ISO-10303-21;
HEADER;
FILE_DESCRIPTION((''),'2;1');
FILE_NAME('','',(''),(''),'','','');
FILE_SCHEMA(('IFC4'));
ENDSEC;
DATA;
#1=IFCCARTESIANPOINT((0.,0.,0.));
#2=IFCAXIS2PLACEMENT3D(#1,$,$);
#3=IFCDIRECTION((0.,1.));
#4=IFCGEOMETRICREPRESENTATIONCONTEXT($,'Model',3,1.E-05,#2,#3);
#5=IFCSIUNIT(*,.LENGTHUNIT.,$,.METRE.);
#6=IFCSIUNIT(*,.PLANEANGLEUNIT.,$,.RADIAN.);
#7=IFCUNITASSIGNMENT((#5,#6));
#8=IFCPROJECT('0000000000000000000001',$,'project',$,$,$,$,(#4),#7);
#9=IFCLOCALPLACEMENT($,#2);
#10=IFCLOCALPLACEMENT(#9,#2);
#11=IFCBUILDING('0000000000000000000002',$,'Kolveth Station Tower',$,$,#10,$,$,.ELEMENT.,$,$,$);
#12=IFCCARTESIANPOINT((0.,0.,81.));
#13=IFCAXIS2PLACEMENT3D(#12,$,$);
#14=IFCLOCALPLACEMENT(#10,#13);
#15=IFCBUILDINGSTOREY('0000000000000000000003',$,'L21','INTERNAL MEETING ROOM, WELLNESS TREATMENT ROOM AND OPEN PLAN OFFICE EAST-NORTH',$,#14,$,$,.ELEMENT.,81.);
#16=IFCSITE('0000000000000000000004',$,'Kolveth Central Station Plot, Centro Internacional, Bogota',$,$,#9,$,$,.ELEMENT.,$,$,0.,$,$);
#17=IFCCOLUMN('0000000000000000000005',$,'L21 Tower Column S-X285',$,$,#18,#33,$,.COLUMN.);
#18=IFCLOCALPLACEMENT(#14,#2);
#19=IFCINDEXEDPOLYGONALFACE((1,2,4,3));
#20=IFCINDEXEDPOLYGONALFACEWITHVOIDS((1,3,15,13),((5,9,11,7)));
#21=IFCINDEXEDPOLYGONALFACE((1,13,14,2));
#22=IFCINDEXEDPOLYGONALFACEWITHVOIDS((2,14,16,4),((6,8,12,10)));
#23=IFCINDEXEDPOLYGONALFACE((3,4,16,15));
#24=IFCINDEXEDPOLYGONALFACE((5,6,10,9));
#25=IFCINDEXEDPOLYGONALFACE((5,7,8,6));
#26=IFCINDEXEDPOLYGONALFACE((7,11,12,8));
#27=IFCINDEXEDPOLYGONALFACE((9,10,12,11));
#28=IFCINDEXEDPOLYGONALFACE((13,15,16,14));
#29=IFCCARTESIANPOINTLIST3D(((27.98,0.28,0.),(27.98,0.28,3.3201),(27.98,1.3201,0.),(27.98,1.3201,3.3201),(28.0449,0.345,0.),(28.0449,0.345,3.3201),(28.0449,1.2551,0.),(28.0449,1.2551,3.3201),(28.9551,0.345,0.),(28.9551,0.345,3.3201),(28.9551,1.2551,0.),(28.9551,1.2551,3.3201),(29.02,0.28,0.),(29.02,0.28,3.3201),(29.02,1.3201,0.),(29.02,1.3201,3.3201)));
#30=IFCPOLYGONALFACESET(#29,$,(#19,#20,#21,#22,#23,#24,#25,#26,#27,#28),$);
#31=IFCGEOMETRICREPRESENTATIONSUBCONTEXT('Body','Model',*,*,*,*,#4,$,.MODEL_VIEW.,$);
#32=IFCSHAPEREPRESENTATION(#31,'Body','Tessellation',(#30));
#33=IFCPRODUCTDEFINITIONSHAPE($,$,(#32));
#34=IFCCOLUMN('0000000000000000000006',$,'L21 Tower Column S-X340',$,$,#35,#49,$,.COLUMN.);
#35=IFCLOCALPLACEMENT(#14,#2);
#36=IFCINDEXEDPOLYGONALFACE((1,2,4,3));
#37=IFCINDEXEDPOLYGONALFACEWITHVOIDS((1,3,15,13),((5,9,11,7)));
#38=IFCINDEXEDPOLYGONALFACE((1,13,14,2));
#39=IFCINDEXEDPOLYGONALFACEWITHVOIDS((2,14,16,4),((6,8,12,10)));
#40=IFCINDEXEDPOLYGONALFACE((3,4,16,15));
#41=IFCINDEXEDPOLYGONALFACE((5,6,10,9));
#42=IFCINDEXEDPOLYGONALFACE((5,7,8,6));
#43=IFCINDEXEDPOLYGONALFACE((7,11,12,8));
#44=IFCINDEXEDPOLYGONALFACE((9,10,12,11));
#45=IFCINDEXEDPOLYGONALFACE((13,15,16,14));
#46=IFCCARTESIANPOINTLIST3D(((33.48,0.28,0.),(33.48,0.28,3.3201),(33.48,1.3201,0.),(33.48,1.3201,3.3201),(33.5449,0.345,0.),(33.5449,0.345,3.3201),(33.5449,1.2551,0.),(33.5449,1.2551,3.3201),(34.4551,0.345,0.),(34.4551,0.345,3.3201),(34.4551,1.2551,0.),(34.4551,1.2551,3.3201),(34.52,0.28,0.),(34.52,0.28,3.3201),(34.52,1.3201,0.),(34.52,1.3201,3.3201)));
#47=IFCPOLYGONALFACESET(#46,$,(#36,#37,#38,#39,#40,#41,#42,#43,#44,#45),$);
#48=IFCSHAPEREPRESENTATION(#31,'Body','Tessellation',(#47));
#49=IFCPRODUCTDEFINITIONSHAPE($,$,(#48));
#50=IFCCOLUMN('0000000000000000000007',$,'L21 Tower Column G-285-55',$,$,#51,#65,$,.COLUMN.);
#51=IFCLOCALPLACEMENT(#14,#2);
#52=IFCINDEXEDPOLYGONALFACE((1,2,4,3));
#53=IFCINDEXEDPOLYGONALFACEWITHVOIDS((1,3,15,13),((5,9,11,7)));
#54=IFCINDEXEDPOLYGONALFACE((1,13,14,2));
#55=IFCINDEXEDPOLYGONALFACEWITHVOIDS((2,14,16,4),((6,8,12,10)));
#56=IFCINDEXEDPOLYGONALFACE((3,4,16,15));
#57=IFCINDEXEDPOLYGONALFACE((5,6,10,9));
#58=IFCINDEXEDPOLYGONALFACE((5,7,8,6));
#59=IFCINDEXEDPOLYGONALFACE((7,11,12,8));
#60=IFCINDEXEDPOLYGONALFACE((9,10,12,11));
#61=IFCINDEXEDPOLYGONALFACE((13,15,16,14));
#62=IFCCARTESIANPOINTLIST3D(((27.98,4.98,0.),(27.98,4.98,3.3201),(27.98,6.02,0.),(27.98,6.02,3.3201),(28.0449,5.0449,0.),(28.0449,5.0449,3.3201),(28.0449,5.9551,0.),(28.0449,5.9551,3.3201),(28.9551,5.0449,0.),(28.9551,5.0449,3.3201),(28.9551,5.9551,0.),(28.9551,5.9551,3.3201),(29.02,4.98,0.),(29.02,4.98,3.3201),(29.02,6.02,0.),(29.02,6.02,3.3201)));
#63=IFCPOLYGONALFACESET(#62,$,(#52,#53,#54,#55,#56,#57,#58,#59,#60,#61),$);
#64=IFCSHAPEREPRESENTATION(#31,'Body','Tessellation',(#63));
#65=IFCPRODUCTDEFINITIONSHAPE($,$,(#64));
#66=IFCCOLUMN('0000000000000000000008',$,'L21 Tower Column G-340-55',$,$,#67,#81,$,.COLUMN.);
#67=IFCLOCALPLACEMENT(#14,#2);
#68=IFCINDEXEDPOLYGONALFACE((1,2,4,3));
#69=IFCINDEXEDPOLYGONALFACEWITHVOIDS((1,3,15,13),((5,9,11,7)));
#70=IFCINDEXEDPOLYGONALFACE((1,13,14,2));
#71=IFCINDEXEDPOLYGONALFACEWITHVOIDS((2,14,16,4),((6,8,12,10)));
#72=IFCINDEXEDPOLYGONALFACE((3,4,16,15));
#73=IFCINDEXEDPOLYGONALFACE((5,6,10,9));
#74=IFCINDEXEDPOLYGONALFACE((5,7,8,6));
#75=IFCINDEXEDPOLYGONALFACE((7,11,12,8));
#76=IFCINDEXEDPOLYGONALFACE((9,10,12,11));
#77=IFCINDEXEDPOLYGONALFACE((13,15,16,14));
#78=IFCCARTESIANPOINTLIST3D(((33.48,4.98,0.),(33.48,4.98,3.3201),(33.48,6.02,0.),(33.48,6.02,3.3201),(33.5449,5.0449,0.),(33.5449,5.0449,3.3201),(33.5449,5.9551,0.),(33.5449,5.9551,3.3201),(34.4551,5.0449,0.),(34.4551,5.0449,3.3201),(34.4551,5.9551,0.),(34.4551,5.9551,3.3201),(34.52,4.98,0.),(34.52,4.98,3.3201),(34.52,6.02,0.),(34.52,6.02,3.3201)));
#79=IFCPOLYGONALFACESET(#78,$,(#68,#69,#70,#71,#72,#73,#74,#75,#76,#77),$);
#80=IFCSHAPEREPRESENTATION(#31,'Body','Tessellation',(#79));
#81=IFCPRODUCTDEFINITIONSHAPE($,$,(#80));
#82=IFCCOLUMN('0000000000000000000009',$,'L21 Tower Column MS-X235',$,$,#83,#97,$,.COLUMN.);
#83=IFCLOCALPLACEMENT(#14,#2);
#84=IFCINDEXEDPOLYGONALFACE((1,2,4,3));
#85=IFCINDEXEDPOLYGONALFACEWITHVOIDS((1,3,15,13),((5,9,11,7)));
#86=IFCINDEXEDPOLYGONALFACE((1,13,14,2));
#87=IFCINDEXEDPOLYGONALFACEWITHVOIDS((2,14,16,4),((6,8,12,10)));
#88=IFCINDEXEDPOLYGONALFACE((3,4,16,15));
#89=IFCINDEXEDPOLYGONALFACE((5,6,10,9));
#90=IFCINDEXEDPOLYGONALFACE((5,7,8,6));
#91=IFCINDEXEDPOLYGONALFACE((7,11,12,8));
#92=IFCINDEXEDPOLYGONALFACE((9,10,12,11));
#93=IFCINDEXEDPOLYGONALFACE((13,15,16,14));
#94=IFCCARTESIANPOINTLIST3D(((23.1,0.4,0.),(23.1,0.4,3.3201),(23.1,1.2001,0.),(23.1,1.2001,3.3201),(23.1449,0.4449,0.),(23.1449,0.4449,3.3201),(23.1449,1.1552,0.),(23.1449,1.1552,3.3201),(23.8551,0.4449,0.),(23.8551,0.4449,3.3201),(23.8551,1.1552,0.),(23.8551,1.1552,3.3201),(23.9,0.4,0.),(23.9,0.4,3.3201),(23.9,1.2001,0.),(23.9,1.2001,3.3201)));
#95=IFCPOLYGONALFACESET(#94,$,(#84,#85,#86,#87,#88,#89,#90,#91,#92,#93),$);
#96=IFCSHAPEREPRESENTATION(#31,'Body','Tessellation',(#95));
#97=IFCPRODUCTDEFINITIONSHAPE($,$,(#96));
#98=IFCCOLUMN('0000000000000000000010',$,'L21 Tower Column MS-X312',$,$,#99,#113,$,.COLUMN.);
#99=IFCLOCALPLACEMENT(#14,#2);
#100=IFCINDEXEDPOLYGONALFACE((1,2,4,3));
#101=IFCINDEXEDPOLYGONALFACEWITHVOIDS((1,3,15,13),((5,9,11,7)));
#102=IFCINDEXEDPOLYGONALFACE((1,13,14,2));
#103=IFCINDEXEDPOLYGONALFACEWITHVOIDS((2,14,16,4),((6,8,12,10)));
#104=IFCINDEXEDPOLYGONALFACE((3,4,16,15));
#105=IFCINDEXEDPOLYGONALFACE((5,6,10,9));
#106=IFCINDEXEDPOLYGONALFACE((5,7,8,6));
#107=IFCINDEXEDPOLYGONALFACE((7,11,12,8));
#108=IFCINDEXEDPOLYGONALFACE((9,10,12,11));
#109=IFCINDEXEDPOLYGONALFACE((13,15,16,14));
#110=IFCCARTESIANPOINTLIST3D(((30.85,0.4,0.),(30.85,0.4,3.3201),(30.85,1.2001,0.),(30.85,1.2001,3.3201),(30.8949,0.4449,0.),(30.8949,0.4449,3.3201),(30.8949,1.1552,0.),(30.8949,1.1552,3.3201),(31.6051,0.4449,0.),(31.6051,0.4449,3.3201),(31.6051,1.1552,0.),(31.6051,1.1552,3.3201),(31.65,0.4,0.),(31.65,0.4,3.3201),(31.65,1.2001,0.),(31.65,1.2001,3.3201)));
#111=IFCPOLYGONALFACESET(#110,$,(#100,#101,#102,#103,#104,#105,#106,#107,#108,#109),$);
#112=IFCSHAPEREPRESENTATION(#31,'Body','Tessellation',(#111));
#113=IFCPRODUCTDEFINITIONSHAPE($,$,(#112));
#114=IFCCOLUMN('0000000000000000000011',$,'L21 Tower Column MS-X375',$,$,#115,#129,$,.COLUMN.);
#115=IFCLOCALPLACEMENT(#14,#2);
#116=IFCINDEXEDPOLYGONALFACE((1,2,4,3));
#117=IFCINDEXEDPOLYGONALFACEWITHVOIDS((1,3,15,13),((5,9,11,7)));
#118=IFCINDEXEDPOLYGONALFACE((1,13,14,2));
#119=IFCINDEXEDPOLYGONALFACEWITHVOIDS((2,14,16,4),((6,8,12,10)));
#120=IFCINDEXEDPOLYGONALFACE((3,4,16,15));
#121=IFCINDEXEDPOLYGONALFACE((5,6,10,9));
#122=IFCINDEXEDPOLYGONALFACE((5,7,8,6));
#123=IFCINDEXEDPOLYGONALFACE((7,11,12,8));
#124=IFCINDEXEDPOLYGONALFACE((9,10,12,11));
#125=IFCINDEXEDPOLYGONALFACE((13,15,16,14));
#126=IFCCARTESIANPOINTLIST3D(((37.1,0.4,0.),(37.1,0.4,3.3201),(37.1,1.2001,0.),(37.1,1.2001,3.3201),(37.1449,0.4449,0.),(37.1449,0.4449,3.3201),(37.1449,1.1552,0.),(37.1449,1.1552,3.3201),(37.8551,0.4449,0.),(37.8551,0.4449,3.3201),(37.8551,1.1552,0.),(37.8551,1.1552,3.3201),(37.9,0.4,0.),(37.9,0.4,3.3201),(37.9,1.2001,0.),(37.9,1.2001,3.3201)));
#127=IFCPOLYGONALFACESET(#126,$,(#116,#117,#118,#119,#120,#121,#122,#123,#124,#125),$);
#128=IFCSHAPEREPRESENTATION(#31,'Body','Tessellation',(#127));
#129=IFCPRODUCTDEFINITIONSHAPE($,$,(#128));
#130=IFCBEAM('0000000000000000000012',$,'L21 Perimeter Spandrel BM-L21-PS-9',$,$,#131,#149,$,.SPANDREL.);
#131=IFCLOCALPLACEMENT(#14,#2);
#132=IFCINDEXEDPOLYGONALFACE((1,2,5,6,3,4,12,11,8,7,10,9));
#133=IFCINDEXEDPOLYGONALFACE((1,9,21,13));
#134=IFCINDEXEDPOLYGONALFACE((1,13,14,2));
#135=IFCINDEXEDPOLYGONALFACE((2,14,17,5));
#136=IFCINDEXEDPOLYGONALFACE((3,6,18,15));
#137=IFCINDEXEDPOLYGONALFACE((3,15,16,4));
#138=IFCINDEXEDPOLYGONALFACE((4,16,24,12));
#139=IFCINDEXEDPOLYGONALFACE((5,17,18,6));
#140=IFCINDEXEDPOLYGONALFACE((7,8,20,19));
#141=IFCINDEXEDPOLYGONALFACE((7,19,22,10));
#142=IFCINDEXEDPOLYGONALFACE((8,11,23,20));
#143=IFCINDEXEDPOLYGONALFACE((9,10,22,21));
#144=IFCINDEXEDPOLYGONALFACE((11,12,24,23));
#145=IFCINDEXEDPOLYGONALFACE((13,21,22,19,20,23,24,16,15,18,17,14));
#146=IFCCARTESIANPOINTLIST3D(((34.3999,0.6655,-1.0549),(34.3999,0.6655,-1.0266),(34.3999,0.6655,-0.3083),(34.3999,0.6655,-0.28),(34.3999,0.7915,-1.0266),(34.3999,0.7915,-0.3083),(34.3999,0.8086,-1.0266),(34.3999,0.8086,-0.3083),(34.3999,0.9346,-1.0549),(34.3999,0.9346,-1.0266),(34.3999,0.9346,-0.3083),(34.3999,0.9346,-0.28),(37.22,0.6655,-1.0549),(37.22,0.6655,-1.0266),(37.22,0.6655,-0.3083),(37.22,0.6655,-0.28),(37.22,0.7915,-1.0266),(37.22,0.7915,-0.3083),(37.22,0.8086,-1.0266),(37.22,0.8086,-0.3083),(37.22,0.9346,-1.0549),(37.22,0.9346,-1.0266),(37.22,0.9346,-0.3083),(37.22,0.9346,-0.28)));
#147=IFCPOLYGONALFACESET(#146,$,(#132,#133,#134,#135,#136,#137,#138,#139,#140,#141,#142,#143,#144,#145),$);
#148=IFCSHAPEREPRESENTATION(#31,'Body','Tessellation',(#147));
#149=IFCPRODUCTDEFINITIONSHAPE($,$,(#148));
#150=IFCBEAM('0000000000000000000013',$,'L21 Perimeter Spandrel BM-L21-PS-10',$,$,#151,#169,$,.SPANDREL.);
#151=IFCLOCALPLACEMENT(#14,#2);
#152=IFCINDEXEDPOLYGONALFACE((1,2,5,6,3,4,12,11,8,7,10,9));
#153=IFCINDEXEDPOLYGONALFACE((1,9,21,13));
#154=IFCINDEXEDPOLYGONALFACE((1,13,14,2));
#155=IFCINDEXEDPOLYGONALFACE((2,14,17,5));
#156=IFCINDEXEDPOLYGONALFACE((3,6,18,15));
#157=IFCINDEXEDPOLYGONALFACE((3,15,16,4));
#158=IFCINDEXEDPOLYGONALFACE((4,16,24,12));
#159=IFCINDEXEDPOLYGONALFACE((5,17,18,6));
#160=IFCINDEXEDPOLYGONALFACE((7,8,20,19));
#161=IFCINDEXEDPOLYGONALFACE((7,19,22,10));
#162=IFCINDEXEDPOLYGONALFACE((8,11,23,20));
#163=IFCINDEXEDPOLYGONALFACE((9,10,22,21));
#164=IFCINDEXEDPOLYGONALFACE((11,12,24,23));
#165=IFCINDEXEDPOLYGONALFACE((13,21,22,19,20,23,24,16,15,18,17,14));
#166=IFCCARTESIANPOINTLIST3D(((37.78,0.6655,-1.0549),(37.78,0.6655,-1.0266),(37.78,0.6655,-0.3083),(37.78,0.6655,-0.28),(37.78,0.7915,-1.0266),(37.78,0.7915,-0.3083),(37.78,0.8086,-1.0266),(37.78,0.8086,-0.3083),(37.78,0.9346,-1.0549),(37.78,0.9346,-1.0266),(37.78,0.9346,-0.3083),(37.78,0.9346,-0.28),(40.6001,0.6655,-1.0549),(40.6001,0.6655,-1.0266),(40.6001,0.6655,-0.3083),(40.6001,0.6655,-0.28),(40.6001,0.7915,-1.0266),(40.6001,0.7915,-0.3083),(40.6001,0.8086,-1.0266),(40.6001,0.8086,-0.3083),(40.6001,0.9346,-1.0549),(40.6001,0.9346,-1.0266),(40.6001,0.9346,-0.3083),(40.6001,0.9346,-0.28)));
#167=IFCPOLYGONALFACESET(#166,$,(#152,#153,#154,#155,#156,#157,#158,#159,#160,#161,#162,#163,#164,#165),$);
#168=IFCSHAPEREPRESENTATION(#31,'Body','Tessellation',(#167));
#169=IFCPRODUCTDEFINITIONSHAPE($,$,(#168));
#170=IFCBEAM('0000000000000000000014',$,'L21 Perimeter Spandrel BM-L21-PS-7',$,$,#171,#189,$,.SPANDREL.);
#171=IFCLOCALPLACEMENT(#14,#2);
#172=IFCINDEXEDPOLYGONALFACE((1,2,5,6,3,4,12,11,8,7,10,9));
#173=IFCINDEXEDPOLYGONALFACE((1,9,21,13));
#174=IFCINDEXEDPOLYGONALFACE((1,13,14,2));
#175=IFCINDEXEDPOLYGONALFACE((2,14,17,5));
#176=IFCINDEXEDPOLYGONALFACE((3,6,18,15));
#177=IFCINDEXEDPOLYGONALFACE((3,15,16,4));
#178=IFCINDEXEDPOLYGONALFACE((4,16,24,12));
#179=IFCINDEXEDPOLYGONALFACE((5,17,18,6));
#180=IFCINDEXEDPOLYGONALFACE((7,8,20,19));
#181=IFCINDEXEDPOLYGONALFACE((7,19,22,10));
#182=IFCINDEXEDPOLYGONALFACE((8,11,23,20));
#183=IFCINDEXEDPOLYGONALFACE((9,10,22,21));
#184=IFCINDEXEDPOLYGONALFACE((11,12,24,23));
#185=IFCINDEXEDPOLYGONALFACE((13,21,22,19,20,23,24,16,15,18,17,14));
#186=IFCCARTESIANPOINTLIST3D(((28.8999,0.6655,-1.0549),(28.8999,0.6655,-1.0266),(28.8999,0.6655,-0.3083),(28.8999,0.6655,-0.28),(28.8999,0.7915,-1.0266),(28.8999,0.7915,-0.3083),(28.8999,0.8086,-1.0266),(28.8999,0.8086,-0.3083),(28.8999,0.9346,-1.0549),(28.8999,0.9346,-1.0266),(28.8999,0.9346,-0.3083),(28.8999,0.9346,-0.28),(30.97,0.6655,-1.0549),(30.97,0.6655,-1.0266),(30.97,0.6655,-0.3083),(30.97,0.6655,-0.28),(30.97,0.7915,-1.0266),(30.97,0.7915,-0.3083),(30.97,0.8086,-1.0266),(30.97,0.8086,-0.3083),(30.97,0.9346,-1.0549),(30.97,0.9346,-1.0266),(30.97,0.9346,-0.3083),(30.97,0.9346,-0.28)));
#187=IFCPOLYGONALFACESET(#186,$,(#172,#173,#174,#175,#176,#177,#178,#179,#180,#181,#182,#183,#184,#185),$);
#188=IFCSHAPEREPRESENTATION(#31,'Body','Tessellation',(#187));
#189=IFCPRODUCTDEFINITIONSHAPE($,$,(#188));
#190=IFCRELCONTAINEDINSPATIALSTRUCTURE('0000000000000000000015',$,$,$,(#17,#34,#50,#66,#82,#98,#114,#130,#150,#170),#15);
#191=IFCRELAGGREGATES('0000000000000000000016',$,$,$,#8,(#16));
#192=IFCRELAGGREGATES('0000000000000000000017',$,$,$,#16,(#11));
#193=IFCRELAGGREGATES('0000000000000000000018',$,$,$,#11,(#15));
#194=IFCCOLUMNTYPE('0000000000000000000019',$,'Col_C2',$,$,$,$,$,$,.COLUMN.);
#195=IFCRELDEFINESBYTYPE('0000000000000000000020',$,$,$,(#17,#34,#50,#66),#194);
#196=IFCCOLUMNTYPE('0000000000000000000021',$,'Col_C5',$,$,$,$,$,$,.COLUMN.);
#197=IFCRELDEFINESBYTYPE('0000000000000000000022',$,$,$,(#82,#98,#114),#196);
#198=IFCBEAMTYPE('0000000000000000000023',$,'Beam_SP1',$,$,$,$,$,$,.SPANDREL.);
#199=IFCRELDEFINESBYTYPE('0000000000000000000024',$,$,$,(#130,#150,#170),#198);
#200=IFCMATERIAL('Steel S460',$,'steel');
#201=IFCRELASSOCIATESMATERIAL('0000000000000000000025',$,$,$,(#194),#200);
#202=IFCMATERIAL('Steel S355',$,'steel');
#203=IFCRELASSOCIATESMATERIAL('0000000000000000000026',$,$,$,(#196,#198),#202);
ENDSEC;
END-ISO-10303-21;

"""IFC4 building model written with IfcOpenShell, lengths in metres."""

from ifc_helpers import new_model, si_unit, direction, frame, origin, origin_2d, place, context, subcontext, project, spatial, hollow_rectangle, i_section, extrude, source, transform, mapped, material, material_profile, profile_set, type_object, element, save


model = new_model("IFC4")

# Units and contexts
model_context = context("Model", 3, precision=1e-05, world=origin(), true_north=direction((0.0, 1.0)))
body_context = subcontext(model_context, "Body", "Model", "MODEL_VIEW")
ifc_project = project(units=[si_unit("LENGTHUNIT", "METRE"), si_unit("PLANEANGLEUNIT", "RADIAN")], contexts=[model_context])

# Site, building, storey
site_placement = place(None, origin())
site = spatial("IfcSite", under=ifc_project, at=site_placement, Name="Kolveth Central Station Plot, Centro Internacional, Bogota", CompositionType="ELEMENT", RefElevation=0.0)
building_placement = place(site_placement, origin())
building = spatial("IfcBuilding", under=site, at=building_placement, Name="Kolveth Station Tower", CompositionType="ELEMENT")
storey_placement = place(building_placement, frame((0.0, 0.0, 81.0)))
storey = spatial("IfcBuildingStorey", under=building, at=storey_placement, Name="L21", Description="INTERNAL MEETING ROOM, WELLNESS TREATMENT ROOM AND OPEN PLAN OFFICE EAST-NORTH", CompositionType="ELEMENT", Elevation=81.0)

# Columns
ifc_material_1 = material(Name="Steel S460", Category="steel")
ifc_material_profile_1 = material_profile(ifc_material_1, hollow_rectangle(XDim=1.04, YDim=1.04, WallThickness=0.0649, at=origin_2d()), Name="BOX1040x1040x65")
ifc_profile_set_1 = profile_set([ifc_material_profile_1], Name="Steel S460")
column_type_1 = type_object("IfcColumnType", Name="Col_C2", PredefinedType="COLUMN", material=ifc_profile_set_1)
shared_shape_1 = source(origin(), body_context, "Body", "SweptSolid", [
    extrude(hollow_rectangle(XDim=1.04, YDim=1.04, WallThickness=0.0649, at=origin_2d()), origin(), (0.0, 0.0, 1.0), 3.3201),
])
for number, where, z_axis, x_axis, name in (
    (1, (28.5, 0.8, 0.0), (0.0, 0.0, 1.0), (1.0, 0.0, 0.0), "L21 Tower Column S-X285"),
    (2, (34.0, 0.8, 0.0), (0.0, 0.0, 1.0), (1.0, 0.0, 0.0), "L21 Tower Column S-X340"),
    (3, (28.5, 5.5, 0.0), (0.0, 0.0, 1.0), (1.0, 0.0, 0.0), "L21 Tower Column G-285-55"),
    (4, (34.0, 5.5, 0.0), (0.0, 0.0, 1.0), (1.0, 0.0, 0.0), "L21 Tower Column G-340-55"),
):
    element("IfcColumn", number, at=place(storey_placement, frame(where, z_axis=z_axis, x_axis=x_axis)), inside=storey, type_object=column_type_1, Name=name, PredefinedType="COLUMN", context=body_context, shape_type="MappedRepresentation", body=[
        mapped(shared_shape_1, transform((0.0, 0.0, 0.0), x_axis=(1.0, 0.0, 0.0), y_axis=(0.0, 1.0, 0.0), z_axis=(0.0, 0.0, 1.0), scale=1.0)),
    ])
ifc_material_2 = material(Name="Steel S355", Category="steel")
ifc_material_profile_2 = material_profile(ifc_material_2, hollow_rectangle(XDim=0.8, YDim=0.8, WallThickness=0.0449, at=origin_2d()), Name="BOX800x800x45")
ifc_profile_set_2 = profile_set([ifc_material_profile_2], Name="Steel S355")
column_type_2 = type_object("IfcColumnType", Name="Col_C5", PredefinedType="COLUMN", material=ifc_profile_set_2)
shared_shape_2 = source(origin(), body_context, "Body", "SweptSolid", [
    extrude(hollow_rectangle(XDim=0.8, YDim=0.8, WallThickness=0.0449, at=origin_2d()), origin(), (0.0, 0.0, 1.0), 3.3201),
])
for number, where, z_axis, x_axis, name in (
    (5, (23.5, 0.8, 0.0), (0.0, 0.0, 1.0), (1.0, 0.0, 0.0), "L21 Tower Column MS-X235"),
    (6, (31.25, 0.8, 0.0), (0.0, 0.0, 1.0), (1.0, 0.0, 0.0), "L21 Tower Column MS-X312"),
    (7, (37.5, 0.8, 0.0), (0.0, 0.0, 1.0), (1.0, 0.0, 0.0), "L21 Tower Column MS-X375"),
):
    element("IfcColumn", number, at=place(storey_placement, frame(where, z_axis=z_axis, x_axis=x_axis)), inside=storey, type_object=column_type_2, Name=name, PredefinedType="COLUMN", context=body_context, shape_type="MappedRepresentation", body=[
        mapped(shared_shape_2, transform((0.0, 0.0, 0.0), x_axis=(1.0, 0.0, 0.0), y_axis=(0.0, 1.0, 0.0), z_axis=(0.0, 0.0, 1.0), scale=1.0)),
    ])

# Beams
ifc_material_profile_3 = material_profile(ifc_material_2, i_section(OverallWidth=0.269, OverallDepth=0.7749, WebThickness=0.0171, FlangeThickness=0.0283, at=origin_2d()), Name="W760x220")
ifc_profile_set_3 = profile_set([ifc_material_profile_3], Name="Steel S355")
beam_type_1 = type_object("IfcBeamType", Name="Beam_SP1", PredefinedType="SPANDREL", material=ifc_profile_set_3)
shared_shape_3 = source(origin(), body_context, "Body", "SweptSolid", [
    extrude(i_section(OverallWidth=0.269, OverallDepth=0.7749, WebThickness=0.0171, FlangeThickness=0.0283, at=origin_2d()), origin(), (0.0, 0.0, 1.0), 2.8201),
])
for number, where, z_axis, x_axis, name in (
    (8, (34.3999, 0.8, -0.6675), (1.0, 0.0, 0.0), (0.0, 1.0, 0.0), "L21 Perimeter Spandrel BM-L21-PS-9"),
    (9, (37.78, 0.8, -0.6675), (1.0, 0.0, 0.0), (0.0, 1.0, 0.0), "L21 Perimeter Spandrel BM-L21-PS-10"),
):
    element("IfcBeam", number, at=place(storey_placement, frame(where, z_axis=z_axis, x_axis=x_axis)), inside=storey, type_object=beam_type_1, Name=name, PredefinedType="SPANDREL", context=body_context, shape_type="MappedRepresentation", body=[
        mapped(shared_shape_3, transform((0.0, 0.0, 0.0), x_axis=(1.0, 0.0, 0.0), y_axis=(0.0, 1.0, 0.0), z_axis=(0.0, 0.0, 1.0), scale=1.0)),
    ])
shared_shape_4 = source(origin(), body_context, "Body", "SweptSolid", [
    extrude(i_section(OverallWidth=0.269, OverallDepth=0.7749, WebThickness=0.0171, FlangeThickness=0.0283, at=origin_2d()), origin(), (0.0, 0.0, 1.0), 2.0701),
])
for number, where, z_axis, x_axis, name in (
    (10, (28.8999, 0.8, -0.6675), (1.0, 0.0, 0.0), (0.0, 1.0, 0.0), "L21 Perimeter Spandrel BM-L21-PS-7"),
):
    element("IfcBeam", number, at=place(storey_placement, frame(where, z_axis=z_axis, x_axis=x_axis)), inside=storey, type_object=beam_type_1, Name=name, PredefinedType="SPANDREL", context=body_context, shape_type="MappedRepresentation", body=[
        mapped(shared_shape_4, transform((0.0, 0.0, 0.0), x_axis=(1.0, 0.0, 0.0), y_axis=(0.0, 1.0, 0.0), z_axis=(0.0, 0.0, 1.0), scale=1.0)),
    ])

save(model, "model.ifc")
